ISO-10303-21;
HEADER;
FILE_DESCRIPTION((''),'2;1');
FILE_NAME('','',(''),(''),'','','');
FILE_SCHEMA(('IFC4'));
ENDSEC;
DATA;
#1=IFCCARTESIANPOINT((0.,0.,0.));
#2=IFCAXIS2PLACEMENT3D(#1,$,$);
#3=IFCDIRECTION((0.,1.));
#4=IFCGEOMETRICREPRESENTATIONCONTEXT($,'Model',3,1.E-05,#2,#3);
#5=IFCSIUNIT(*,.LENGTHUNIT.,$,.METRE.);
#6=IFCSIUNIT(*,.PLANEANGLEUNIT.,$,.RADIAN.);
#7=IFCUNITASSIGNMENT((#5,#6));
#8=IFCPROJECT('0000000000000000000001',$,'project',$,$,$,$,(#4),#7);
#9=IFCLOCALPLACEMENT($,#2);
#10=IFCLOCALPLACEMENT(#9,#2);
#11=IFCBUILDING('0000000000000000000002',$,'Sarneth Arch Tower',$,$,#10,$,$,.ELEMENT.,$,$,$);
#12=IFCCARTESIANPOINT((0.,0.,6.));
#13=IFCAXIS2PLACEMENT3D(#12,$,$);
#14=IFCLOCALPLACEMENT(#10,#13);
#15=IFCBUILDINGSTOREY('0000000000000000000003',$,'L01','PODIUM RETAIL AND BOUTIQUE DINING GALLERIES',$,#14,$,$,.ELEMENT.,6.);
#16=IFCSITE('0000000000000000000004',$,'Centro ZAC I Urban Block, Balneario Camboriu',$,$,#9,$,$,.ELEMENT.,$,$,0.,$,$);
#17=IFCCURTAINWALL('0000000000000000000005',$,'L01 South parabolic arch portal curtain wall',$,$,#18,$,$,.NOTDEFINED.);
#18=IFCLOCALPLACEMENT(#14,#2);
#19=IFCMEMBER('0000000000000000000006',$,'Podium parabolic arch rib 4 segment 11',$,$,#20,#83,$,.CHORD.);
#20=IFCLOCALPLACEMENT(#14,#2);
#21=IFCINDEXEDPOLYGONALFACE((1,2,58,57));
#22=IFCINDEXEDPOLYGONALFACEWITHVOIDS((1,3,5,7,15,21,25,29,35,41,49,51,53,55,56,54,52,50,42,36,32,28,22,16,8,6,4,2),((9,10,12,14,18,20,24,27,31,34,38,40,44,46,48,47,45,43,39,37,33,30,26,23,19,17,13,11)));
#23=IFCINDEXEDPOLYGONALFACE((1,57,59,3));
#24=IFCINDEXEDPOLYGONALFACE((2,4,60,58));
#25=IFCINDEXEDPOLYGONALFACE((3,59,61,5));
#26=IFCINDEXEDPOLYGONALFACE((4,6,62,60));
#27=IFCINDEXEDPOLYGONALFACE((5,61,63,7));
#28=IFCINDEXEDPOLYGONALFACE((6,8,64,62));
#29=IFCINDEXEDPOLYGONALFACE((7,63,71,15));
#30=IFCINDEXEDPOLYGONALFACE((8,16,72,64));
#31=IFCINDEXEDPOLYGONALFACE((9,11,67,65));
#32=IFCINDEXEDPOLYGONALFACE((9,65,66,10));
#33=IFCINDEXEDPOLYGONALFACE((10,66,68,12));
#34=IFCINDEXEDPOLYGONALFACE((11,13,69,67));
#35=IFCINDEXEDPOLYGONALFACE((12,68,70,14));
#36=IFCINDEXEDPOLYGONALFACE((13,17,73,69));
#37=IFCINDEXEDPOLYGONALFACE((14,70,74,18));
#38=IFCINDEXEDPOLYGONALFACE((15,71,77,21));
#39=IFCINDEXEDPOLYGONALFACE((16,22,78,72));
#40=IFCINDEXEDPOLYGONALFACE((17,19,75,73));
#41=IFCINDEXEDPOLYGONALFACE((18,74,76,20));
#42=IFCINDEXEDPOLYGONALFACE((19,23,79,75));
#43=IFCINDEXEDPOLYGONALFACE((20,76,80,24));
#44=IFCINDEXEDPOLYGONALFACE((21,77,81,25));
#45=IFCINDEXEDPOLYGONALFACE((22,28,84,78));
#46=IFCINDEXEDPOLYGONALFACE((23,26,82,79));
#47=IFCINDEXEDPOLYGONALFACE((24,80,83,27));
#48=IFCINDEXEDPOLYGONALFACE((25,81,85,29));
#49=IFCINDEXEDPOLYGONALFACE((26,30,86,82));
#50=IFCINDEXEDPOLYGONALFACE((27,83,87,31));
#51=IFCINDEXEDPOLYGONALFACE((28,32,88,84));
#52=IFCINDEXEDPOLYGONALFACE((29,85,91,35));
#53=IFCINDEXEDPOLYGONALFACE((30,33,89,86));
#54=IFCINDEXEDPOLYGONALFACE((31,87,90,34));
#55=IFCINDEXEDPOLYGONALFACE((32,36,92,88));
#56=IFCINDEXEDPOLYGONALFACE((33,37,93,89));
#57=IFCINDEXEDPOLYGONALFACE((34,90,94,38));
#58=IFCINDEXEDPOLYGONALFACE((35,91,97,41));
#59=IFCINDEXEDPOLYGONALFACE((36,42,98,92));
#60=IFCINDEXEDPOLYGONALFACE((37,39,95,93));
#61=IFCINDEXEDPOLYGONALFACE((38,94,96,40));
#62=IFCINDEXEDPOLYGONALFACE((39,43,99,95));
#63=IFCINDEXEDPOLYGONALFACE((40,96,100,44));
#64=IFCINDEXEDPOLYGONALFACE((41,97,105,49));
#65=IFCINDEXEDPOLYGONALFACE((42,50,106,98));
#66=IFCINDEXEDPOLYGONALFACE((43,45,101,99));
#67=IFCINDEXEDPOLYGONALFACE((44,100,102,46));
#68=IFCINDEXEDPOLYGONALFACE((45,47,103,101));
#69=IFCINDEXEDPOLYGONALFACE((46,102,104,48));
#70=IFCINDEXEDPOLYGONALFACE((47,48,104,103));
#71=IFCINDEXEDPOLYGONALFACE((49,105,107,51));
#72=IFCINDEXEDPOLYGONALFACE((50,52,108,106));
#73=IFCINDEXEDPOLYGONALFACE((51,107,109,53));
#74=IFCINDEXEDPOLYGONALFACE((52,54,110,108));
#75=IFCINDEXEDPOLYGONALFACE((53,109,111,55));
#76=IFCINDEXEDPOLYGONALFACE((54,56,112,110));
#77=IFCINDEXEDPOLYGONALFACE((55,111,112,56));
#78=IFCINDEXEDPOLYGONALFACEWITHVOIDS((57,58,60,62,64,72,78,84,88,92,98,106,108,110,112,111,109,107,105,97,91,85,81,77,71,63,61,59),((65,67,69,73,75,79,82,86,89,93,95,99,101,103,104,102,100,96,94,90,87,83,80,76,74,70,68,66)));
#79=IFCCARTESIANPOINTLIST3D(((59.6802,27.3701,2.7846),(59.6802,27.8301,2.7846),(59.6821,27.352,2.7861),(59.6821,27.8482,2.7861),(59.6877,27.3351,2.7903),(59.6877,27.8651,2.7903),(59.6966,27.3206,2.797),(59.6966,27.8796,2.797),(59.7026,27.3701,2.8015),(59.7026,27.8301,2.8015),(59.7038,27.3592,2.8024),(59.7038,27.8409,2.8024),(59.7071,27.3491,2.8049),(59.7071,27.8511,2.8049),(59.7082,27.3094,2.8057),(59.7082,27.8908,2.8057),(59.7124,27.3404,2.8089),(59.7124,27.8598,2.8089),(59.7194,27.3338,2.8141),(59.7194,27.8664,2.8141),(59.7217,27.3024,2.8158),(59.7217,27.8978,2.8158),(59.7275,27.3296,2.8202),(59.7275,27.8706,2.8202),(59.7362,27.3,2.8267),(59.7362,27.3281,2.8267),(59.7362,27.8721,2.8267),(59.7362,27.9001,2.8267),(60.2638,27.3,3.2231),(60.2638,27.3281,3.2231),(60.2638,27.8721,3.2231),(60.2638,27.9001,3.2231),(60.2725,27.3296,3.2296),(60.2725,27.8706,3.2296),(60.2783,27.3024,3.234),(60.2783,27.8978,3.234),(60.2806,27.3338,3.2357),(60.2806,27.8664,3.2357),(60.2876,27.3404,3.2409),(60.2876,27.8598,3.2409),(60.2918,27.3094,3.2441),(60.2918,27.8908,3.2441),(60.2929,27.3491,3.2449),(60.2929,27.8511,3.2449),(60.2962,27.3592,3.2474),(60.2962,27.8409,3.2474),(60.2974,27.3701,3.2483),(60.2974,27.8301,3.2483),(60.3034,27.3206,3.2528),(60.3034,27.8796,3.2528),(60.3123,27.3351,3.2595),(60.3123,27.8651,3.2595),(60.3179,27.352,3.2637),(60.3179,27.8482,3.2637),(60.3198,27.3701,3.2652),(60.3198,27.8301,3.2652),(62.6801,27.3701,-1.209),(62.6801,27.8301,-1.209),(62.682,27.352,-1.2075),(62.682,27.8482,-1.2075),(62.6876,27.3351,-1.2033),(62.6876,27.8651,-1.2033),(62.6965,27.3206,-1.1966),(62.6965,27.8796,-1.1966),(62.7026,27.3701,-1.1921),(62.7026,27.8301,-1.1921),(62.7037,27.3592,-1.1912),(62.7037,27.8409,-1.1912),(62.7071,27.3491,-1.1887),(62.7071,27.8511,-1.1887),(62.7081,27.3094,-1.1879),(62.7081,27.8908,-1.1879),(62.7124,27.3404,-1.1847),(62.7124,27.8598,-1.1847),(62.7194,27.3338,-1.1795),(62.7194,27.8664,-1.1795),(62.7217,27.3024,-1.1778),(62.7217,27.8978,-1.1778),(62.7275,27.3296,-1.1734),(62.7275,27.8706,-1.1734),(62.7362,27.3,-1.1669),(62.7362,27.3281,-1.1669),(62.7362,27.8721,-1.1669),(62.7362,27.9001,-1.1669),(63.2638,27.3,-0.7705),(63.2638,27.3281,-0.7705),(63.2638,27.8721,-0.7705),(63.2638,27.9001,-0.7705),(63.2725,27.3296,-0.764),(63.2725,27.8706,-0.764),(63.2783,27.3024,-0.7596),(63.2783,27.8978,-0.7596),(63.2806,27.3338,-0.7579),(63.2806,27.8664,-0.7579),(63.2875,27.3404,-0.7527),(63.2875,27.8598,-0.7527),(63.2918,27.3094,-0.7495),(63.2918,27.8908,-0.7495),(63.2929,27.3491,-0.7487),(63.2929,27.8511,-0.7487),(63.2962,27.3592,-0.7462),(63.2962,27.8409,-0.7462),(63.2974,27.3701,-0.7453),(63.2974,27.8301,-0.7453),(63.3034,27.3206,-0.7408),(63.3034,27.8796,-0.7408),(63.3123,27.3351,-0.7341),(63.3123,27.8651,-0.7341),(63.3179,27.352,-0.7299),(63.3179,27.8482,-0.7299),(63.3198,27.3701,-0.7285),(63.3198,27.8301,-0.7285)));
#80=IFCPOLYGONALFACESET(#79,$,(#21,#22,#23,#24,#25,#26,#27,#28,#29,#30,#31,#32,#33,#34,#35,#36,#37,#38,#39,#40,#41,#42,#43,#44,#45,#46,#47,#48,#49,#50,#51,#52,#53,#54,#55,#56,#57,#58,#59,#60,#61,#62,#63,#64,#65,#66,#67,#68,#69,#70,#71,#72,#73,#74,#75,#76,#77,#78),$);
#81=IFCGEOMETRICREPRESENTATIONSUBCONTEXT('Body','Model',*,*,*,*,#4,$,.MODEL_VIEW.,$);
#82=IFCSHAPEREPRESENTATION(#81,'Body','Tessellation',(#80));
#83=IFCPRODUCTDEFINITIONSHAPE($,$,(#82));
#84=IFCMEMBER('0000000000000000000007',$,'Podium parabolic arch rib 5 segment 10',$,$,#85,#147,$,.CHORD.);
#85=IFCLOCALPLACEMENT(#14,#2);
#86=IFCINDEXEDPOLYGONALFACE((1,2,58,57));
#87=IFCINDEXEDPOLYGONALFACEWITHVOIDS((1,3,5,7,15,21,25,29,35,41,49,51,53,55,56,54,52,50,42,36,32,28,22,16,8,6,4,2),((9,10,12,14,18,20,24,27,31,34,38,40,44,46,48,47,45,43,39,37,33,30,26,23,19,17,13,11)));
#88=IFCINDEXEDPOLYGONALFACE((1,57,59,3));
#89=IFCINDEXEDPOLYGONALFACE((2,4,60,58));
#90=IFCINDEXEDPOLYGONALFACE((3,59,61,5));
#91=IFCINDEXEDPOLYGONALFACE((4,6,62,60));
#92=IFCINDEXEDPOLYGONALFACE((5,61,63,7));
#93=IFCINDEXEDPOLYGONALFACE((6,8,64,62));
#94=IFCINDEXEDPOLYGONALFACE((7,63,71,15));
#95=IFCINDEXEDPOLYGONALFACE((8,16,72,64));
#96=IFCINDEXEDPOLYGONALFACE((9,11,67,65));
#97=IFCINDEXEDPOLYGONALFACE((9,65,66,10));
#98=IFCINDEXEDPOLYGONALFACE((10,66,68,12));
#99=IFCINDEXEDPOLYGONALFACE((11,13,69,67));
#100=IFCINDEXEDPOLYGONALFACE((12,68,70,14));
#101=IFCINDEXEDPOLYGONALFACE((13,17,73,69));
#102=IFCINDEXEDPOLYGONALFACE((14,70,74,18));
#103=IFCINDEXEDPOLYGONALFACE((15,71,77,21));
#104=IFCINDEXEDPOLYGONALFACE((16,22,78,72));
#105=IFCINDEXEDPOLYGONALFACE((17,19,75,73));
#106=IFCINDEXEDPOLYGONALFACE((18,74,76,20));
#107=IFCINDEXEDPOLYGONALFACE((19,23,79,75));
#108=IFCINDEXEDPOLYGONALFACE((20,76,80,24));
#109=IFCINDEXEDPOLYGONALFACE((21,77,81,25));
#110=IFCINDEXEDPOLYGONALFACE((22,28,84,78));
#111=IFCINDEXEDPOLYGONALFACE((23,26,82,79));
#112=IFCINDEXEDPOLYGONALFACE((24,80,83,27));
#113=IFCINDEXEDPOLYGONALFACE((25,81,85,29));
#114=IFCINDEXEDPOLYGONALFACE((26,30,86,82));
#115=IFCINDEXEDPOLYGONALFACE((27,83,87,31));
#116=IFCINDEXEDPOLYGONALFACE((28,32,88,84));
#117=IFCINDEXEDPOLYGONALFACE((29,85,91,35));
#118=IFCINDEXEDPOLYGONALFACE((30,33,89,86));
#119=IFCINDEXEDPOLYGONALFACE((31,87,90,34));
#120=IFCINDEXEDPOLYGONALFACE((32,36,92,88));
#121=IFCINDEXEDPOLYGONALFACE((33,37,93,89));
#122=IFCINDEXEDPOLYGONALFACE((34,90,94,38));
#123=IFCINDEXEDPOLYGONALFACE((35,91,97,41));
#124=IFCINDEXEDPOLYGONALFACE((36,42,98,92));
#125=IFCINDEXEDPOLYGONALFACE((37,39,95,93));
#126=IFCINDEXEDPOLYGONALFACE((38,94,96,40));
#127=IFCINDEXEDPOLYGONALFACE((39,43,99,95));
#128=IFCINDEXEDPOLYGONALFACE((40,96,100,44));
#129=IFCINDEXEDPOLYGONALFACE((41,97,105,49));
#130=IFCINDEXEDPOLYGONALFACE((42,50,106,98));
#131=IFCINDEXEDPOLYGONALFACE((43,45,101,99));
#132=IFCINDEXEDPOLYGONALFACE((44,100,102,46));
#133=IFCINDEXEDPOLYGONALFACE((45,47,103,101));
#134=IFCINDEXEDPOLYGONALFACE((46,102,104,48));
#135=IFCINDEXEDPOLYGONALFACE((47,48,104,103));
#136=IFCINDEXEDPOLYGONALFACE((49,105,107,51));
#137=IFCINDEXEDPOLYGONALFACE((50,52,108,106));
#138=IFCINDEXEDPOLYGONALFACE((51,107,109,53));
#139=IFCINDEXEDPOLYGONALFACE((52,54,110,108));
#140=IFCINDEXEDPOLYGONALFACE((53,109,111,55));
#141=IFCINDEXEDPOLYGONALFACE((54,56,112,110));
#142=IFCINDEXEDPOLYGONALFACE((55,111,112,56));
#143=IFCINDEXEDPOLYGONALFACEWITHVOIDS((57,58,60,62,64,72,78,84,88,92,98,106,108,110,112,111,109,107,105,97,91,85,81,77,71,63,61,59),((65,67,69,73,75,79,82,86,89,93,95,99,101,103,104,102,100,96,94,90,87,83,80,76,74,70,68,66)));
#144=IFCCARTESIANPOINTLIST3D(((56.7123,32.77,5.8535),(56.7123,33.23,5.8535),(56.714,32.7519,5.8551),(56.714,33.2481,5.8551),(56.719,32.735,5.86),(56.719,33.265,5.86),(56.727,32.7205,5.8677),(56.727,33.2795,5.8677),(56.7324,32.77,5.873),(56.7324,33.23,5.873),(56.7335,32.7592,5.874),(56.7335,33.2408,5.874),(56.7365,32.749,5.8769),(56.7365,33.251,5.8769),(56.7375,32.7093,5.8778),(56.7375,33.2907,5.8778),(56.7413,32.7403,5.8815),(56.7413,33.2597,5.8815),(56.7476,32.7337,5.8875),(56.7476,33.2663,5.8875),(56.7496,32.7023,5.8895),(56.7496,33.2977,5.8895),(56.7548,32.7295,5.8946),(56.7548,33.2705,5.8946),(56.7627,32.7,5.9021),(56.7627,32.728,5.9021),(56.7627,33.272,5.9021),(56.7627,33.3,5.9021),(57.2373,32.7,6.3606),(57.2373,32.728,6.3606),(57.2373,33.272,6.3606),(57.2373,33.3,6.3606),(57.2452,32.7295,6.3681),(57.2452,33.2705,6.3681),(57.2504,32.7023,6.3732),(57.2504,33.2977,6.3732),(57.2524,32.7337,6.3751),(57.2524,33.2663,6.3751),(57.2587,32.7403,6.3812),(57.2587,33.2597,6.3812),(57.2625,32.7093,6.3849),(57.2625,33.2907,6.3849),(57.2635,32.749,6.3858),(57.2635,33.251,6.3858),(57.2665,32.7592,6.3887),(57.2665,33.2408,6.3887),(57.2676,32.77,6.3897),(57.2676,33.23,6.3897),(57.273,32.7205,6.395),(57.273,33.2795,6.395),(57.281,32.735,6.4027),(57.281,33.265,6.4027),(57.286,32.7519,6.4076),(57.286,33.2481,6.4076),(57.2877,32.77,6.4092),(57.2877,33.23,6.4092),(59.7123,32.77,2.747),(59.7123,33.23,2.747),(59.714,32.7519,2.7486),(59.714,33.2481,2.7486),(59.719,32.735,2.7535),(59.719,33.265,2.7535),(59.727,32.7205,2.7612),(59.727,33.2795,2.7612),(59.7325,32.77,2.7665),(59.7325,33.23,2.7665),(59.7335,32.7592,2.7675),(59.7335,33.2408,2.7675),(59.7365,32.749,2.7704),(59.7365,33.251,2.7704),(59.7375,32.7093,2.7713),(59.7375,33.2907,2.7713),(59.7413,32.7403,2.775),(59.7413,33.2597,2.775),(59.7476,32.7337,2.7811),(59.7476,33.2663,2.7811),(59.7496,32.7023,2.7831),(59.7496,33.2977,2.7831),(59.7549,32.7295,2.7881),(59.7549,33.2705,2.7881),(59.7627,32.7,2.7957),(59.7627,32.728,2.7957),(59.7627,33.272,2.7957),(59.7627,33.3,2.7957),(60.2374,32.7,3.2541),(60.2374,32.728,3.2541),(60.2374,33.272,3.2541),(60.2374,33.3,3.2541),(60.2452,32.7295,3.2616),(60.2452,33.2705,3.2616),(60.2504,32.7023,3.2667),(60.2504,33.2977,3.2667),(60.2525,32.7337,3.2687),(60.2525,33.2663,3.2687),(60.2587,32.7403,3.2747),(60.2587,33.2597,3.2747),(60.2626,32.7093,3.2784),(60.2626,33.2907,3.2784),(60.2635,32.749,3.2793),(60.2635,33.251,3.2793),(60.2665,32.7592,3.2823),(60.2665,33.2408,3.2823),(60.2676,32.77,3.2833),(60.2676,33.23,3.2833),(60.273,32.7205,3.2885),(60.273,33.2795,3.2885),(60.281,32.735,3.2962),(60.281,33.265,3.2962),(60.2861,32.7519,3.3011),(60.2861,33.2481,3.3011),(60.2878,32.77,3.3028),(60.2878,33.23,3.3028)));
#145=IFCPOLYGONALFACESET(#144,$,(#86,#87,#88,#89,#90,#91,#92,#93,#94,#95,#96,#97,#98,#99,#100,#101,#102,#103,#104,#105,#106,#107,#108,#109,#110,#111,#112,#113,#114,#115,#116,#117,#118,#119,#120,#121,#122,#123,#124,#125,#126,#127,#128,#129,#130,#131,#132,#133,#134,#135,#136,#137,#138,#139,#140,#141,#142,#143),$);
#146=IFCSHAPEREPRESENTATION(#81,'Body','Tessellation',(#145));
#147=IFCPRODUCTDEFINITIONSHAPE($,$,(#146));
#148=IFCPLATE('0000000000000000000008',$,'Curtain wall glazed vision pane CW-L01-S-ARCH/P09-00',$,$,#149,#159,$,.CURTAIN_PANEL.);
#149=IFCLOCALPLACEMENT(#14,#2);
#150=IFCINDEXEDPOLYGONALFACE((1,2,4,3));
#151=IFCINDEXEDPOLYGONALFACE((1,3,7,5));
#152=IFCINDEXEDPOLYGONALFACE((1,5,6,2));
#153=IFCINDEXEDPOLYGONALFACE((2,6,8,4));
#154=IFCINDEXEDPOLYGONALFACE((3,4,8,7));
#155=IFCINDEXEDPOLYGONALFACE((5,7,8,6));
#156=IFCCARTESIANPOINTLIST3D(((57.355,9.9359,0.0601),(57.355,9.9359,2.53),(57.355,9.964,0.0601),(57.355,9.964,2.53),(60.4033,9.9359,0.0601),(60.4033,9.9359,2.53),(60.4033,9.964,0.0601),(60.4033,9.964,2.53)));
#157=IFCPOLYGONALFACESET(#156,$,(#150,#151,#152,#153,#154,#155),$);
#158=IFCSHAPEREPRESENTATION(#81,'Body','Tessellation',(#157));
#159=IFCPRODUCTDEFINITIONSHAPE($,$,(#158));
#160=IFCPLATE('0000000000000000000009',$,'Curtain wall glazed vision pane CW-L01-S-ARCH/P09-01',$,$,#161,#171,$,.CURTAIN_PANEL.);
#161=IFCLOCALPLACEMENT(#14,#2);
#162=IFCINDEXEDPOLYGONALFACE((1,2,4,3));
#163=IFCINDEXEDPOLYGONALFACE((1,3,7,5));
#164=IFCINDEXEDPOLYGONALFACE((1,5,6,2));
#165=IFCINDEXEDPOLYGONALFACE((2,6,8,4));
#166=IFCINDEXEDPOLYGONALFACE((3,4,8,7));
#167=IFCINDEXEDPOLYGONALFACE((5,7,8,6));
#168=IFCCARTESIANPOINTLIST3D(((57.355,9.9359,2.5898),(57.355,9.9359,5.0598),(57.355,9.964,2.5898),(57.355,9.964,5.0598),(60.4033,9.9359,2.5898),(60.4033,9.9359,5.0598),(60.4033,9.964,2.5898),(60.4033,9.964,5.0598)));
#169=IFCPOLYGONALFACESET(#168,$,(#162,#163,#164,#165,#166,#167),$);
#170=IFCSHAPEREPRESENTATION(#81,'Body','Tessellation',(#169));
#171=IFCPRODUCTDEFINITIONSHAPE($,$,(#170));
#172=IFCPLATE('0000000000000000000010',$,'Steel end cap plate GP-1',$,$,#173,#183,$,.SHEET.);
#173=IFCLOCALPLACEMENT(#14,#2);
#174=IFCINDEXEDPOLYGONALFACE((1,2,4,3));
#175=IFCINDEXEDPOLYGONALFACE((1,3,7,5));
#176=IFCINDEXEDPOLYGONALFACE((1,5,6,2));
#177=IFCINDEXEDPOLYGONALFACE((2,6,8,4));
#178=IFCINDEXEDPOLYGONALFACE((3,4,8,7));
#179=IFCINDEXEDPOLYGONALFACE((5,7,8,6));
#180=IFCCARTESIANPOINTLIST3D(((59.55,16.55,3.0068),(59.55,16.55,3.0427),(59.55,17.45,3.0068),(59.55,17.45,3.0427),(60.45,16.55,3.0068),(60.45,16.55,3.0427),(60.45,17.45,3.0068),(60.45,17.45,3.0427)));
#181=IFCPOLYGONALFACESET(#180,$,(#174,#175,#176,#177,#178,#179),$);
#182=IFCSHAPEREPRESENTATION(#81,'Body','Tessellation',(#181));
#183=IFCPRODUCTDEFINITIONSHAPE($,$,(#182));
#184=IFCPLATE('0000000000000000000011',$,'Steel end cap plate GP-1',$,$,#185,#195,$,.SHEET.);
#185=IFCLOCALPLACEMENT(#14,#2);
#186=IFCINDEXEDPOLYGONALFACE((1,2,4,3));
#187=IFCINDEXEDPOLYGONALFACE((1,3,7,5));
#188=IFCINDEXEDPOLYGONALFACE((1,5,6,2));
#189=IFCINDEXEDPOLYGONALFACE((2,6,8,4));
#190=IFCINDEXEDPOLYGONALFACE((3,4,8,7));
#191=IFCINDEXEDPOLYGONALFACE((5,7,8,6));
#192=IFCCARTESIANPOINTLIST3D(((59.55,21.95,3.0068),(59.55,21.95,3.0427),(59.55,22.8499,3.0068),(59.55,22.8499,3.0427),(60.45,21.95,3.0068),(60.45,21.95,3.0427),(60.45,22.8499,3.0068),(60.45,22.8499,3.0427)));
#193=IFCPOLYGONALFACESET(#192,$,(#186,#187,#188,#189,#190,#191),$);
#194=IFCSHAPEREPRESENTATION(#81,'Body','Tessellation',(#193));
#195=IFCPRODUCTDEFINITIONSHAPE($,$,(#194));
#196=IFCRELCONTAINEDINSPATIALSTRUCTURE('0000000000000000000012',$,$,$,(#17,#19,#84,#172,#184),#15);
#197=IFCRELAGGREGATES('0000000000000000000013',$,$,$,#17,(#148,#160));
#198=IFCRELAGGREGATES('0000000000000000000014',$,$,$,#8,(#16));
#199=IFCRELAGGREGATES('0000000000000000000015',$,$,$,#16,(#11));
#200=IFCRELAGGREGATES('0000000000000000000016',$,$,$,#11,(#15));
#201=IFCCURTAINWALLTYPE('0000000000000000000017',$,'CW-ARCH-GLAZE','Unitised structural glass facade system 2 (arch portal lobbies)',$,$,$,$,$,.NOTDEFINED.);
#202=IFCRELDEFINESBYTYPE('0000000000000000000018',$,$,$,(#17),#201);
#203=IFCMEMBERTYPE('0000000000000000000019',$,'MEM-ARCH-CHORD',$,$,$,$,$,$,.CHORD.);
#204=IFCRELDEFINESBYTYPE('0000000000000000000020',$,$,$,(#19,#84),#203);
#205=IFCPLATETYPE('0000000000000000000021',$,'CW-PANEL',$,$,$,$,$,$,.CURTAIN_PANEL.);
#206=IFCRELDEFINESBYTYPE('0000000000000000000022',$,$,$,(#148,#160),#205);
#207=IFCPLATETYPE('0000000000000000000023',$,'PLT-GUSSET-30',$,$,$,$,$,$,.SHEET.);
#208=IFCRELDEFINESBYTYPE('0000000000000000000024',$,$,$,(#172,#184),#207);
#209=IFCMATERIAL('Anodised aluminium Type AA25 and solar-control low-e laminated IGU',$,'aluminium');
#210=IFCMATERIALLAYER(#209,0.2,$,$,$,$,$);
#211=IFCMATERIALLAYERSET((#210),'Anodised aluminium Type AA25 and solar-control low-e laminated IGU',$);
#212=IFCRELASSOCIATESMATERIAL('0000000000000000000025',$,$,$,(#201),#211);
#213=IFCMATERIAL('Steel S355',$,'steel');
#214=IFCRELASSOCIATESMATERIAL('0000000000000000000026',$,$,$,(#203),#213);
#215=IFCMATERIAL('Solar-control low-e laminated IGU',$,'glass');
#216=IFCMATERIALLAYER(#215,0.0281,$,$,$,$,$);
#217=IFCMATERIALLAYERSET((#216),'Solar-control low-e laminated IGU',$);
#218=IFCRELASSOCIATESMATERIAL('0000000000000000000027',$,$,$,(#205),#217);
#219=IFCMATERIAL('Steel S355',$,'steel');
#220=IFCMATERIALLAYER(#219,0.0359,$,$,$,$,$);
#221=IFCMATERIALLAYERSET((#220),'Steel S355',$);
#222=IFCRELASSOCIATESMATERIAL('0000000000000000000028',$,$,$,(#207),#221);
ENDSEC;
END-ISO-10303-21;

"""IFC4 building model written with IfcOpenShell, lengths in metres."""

from ifc_helpers import new_model, si_unit, direction, frame, origin, origin_2d, place, context, subcontext, project, spatial, rectangle, hollow_rectangle, extrude, material, layer, layer_set, material_profile, profile_set, type_object, element, aggregate, save


model = new_model("IFC4")

# Units and contexts
model_context = context("Model", 3, precision=1e-05, world=origin(), true_north=direction((0.0, 1.0)))
body_context = subcontext(model_context, "Body", "Model", "MODEL_VIEW")
ifc_project = project(units=[si_unit("LENGTHUNIT", "METRE"), si_unit("PLANEANGLEUNIT", "RADIAN")], contexts=[model_context])

# Site, building, storey
site_placement = place(None, origin())
site = spatial("IfcSite", under=ifc_project, at=site_placement, Name="Centro ZAC I Urban Block, Balneario Camboriu", CompositionType="ELEMENT", RefElevation=0.0)
building_placement = place(site_placement, origin())
building = spatial("IfcBuilding", under=site, at=building_placement, Name="Sarneth Arch Tower", CompositionType="ELEMENT")
storey_placement = place(building_placement, frame((0.0, 0.0, 6.0)))
storey = spatial("IfcBuildingStorey", under=building, at=storey_placement, Name="L01", Description="PODIUM RETAIL AND BOUTIQUE DINING GALLERIES", CompositionType="ELEMENT", Elevation=6.0)

# Curtain wall
ifc_material_1 = material(Name="Anodised aluminium Type AA25 and solar-control low-e laminated IGU", Category="aluminium")
ifc_layer_1 = layer(ifc_material_1, 0.2)
ifc_layer_set_1 = layer_set([ifc_layer_1], Name="Anodised aluminium Type AA25 and solar-control low-e laminated IGU")
curtain_wall_type = type_object("IfcCurtainWallType", Name="CW-ARCH-GLAZE", Description="Unitised structural glass facade system 2 (arch portal lobbies)", PredefinedType="NOTDEFINED", material=ifc_layer_set_1)
curtain_wall_placement = place(storey_placement, origin())
curtain_wall = element("IfcCurtainWall", 1, at=curtain_wall_placement, inside=storey, type_object=curtain_wall_type, Name="L01 South parabolic arch portal curtain wall", PredefinedType="NOTDEFINED")

# Members
ifc_material_2 = material(Name="Steel S355", Category="steel")
ifc_material_profile_1 = material_profile(ifc_material_2, hollow_rectangle(XDim=0.6001, YDim=0.8, WallThickness=0.0281, InnerFilletRadius=0.042, OuterFilletRadius=0.0701, at=origin_2d()), Name="RHS800x600x28")
ifc_profile_set_1 = profile_set([ifc_material_profile_1], Name="Steel S355")
member_type_1 = type_object("IfcMemberType", Name="MEM-ARCH-CHORD", PredefinedType="CHORD", material=ifc_profile_set_1)
member_1_placement = place(storey_placement, frame((60.0, 27.6001, 3.0249), z_axis=(0.60061, 0.0, -0.799542), x_axis=(0.0, 1.0, 0.0)))
element("IfcMember", 2, at=member_1_placement, inside=storey, type_object=member_type_1, Name="Podium parabolic arch rib 4 segment 11", PredefinedType="CHORD", context=body_context, shape_type="SweptSolid", body=[
    extrude(hollow_rectangle(XDim=0.6001, YDim=0.8, WallThickness=0.0281, InnerFilletRadius=0.042, OuterFilletRadius=0.0701, at=origin_2d()), origin(), (0.0, 0.0, 1.0), 4.9949),
])
member_2_placement = place(storey_placement, frame((57.0, 33.0, 6.1313), z_axis=(0.694675, 0.0, -0.719324), x_axis=(0.0, 1.0, 0.0)))
element("IfcMember", 3, at=member_2_placement, inside=storey, type_object=member_type_1, Name="Podium parabolic arch rib 5 segment 10", PredefinedType="CHORD", context=body_context, shape_type="SweptSolid", body=[
    extrude(hollow_rectangle(XDim=0.6001, YDim=0.8, WallThickness=0.0281, InnerFilletRadius=0.042, OuterFilletRadius=0.0701, at=origin_2d()), origin(), (0.0, 0.0, 1.0), 4.3186),
])

# Plates
ifc_material_3 = material(Name="Solar-control low-e laminated IGU", Category="glass")
ifc_layer_2 = layer(ifc_material_3, 0.0281)
ifc_layer_set_2 = layer_set([ifc_layer_2], Name="Solar-control low-e laminated IGU")
plate_type_1 = type_object("IfcPlateType", Name="CW-PANEL", PredefinedType="CURTAIN_PANEL", material=ifc_layer_set_2)
plate_1_placement = place(storey_placement, frame((58.8792, 9.95, 0.0601), z_axis=(0.0, 0.0, 1.0), x_axis=(1.0, 0.0, 0.0)))
plate_1 = element("IfcPlate", 4, at=plate_1_placement, type_object=plate_type_1, Name="Curtain wall glazed vision pane CW-L01-S-ARCH/P09-00", PredefinedType="CURTAIN_PANEL", context=body_context, shape_type="SweptSolid", body=[
    extrude(rectangle(XDim=3.0483, YDim=0.0281, at=origin_2d()), origin(), (0.0, 0.0, 1.0), 2.47),
])
plate_2_placement = place(storey_placement, frame((58.8792, 9.95, 2.5898), z_axis=(0.0, 0.0, 1.0), x_axis=(1.0, 0.0, 0.0)))
plate_2 = element("IfcPlate", 5, at=plate_2_placement, type_object=plate_type_1, Name="Curtain wall glazed vision pane CW-L01-S-ARCH/P09-01", PredefinedType="CURTAIN_PANEL", context=body_context, shape_type="SweptSolid", body=[
    extrude(rectangle(XDim=3.0483, YDim=0.0281, at=origin_2d()), origin(), (0.0, 0.0, 1.0), 2.47),
])
aggregate(curtain_wall, [plate_1, plate_2])

# Plates
ifc_material_4 = material(Name="Steel S355", Category="steel")
ifc_layer_3 = layer(ifc_material_4, 0.0359)
ifc_layer_set_3 = layer_set([ifc_layer_3], Name="Steel S355")
plate_type_2 = type_object("IfcPlateType", Name="PLT-GUSSET-30", PredefinedType="SHEET", material=ifc_layer_set_3)
for number, where, z_axis, x_axis, name in (
    (6, (60.0, 17.0, 3.0068), (0.0, 0.0, 1.0), (-1.0, 0.0, 0.0), "Steel end cap plate GP-1"),
    (7, (60.0, 22.3999, 3.0068), (0.0, 0.0, 1.0), (-1.0, 0.0, 0.0), "Steel end cap plate GP-1"),
):
    element("IfcPlate", number, at=place(storey_placement, frame(where, z_axis=z_axis, x_axis=x_axis)), inside=storey, type_object=plate_type_2, Name=name, PredefinedType="SHEET", context=body_context, shape_type="SweptSolid", body=[
        extrude(rectangle(XDim=0.8999, YDim=0.8999, at=origin_2d()), origin(), (0.0, 0.0, 1.0), 0.0359),
    ])

save(model, "model.ifc")
